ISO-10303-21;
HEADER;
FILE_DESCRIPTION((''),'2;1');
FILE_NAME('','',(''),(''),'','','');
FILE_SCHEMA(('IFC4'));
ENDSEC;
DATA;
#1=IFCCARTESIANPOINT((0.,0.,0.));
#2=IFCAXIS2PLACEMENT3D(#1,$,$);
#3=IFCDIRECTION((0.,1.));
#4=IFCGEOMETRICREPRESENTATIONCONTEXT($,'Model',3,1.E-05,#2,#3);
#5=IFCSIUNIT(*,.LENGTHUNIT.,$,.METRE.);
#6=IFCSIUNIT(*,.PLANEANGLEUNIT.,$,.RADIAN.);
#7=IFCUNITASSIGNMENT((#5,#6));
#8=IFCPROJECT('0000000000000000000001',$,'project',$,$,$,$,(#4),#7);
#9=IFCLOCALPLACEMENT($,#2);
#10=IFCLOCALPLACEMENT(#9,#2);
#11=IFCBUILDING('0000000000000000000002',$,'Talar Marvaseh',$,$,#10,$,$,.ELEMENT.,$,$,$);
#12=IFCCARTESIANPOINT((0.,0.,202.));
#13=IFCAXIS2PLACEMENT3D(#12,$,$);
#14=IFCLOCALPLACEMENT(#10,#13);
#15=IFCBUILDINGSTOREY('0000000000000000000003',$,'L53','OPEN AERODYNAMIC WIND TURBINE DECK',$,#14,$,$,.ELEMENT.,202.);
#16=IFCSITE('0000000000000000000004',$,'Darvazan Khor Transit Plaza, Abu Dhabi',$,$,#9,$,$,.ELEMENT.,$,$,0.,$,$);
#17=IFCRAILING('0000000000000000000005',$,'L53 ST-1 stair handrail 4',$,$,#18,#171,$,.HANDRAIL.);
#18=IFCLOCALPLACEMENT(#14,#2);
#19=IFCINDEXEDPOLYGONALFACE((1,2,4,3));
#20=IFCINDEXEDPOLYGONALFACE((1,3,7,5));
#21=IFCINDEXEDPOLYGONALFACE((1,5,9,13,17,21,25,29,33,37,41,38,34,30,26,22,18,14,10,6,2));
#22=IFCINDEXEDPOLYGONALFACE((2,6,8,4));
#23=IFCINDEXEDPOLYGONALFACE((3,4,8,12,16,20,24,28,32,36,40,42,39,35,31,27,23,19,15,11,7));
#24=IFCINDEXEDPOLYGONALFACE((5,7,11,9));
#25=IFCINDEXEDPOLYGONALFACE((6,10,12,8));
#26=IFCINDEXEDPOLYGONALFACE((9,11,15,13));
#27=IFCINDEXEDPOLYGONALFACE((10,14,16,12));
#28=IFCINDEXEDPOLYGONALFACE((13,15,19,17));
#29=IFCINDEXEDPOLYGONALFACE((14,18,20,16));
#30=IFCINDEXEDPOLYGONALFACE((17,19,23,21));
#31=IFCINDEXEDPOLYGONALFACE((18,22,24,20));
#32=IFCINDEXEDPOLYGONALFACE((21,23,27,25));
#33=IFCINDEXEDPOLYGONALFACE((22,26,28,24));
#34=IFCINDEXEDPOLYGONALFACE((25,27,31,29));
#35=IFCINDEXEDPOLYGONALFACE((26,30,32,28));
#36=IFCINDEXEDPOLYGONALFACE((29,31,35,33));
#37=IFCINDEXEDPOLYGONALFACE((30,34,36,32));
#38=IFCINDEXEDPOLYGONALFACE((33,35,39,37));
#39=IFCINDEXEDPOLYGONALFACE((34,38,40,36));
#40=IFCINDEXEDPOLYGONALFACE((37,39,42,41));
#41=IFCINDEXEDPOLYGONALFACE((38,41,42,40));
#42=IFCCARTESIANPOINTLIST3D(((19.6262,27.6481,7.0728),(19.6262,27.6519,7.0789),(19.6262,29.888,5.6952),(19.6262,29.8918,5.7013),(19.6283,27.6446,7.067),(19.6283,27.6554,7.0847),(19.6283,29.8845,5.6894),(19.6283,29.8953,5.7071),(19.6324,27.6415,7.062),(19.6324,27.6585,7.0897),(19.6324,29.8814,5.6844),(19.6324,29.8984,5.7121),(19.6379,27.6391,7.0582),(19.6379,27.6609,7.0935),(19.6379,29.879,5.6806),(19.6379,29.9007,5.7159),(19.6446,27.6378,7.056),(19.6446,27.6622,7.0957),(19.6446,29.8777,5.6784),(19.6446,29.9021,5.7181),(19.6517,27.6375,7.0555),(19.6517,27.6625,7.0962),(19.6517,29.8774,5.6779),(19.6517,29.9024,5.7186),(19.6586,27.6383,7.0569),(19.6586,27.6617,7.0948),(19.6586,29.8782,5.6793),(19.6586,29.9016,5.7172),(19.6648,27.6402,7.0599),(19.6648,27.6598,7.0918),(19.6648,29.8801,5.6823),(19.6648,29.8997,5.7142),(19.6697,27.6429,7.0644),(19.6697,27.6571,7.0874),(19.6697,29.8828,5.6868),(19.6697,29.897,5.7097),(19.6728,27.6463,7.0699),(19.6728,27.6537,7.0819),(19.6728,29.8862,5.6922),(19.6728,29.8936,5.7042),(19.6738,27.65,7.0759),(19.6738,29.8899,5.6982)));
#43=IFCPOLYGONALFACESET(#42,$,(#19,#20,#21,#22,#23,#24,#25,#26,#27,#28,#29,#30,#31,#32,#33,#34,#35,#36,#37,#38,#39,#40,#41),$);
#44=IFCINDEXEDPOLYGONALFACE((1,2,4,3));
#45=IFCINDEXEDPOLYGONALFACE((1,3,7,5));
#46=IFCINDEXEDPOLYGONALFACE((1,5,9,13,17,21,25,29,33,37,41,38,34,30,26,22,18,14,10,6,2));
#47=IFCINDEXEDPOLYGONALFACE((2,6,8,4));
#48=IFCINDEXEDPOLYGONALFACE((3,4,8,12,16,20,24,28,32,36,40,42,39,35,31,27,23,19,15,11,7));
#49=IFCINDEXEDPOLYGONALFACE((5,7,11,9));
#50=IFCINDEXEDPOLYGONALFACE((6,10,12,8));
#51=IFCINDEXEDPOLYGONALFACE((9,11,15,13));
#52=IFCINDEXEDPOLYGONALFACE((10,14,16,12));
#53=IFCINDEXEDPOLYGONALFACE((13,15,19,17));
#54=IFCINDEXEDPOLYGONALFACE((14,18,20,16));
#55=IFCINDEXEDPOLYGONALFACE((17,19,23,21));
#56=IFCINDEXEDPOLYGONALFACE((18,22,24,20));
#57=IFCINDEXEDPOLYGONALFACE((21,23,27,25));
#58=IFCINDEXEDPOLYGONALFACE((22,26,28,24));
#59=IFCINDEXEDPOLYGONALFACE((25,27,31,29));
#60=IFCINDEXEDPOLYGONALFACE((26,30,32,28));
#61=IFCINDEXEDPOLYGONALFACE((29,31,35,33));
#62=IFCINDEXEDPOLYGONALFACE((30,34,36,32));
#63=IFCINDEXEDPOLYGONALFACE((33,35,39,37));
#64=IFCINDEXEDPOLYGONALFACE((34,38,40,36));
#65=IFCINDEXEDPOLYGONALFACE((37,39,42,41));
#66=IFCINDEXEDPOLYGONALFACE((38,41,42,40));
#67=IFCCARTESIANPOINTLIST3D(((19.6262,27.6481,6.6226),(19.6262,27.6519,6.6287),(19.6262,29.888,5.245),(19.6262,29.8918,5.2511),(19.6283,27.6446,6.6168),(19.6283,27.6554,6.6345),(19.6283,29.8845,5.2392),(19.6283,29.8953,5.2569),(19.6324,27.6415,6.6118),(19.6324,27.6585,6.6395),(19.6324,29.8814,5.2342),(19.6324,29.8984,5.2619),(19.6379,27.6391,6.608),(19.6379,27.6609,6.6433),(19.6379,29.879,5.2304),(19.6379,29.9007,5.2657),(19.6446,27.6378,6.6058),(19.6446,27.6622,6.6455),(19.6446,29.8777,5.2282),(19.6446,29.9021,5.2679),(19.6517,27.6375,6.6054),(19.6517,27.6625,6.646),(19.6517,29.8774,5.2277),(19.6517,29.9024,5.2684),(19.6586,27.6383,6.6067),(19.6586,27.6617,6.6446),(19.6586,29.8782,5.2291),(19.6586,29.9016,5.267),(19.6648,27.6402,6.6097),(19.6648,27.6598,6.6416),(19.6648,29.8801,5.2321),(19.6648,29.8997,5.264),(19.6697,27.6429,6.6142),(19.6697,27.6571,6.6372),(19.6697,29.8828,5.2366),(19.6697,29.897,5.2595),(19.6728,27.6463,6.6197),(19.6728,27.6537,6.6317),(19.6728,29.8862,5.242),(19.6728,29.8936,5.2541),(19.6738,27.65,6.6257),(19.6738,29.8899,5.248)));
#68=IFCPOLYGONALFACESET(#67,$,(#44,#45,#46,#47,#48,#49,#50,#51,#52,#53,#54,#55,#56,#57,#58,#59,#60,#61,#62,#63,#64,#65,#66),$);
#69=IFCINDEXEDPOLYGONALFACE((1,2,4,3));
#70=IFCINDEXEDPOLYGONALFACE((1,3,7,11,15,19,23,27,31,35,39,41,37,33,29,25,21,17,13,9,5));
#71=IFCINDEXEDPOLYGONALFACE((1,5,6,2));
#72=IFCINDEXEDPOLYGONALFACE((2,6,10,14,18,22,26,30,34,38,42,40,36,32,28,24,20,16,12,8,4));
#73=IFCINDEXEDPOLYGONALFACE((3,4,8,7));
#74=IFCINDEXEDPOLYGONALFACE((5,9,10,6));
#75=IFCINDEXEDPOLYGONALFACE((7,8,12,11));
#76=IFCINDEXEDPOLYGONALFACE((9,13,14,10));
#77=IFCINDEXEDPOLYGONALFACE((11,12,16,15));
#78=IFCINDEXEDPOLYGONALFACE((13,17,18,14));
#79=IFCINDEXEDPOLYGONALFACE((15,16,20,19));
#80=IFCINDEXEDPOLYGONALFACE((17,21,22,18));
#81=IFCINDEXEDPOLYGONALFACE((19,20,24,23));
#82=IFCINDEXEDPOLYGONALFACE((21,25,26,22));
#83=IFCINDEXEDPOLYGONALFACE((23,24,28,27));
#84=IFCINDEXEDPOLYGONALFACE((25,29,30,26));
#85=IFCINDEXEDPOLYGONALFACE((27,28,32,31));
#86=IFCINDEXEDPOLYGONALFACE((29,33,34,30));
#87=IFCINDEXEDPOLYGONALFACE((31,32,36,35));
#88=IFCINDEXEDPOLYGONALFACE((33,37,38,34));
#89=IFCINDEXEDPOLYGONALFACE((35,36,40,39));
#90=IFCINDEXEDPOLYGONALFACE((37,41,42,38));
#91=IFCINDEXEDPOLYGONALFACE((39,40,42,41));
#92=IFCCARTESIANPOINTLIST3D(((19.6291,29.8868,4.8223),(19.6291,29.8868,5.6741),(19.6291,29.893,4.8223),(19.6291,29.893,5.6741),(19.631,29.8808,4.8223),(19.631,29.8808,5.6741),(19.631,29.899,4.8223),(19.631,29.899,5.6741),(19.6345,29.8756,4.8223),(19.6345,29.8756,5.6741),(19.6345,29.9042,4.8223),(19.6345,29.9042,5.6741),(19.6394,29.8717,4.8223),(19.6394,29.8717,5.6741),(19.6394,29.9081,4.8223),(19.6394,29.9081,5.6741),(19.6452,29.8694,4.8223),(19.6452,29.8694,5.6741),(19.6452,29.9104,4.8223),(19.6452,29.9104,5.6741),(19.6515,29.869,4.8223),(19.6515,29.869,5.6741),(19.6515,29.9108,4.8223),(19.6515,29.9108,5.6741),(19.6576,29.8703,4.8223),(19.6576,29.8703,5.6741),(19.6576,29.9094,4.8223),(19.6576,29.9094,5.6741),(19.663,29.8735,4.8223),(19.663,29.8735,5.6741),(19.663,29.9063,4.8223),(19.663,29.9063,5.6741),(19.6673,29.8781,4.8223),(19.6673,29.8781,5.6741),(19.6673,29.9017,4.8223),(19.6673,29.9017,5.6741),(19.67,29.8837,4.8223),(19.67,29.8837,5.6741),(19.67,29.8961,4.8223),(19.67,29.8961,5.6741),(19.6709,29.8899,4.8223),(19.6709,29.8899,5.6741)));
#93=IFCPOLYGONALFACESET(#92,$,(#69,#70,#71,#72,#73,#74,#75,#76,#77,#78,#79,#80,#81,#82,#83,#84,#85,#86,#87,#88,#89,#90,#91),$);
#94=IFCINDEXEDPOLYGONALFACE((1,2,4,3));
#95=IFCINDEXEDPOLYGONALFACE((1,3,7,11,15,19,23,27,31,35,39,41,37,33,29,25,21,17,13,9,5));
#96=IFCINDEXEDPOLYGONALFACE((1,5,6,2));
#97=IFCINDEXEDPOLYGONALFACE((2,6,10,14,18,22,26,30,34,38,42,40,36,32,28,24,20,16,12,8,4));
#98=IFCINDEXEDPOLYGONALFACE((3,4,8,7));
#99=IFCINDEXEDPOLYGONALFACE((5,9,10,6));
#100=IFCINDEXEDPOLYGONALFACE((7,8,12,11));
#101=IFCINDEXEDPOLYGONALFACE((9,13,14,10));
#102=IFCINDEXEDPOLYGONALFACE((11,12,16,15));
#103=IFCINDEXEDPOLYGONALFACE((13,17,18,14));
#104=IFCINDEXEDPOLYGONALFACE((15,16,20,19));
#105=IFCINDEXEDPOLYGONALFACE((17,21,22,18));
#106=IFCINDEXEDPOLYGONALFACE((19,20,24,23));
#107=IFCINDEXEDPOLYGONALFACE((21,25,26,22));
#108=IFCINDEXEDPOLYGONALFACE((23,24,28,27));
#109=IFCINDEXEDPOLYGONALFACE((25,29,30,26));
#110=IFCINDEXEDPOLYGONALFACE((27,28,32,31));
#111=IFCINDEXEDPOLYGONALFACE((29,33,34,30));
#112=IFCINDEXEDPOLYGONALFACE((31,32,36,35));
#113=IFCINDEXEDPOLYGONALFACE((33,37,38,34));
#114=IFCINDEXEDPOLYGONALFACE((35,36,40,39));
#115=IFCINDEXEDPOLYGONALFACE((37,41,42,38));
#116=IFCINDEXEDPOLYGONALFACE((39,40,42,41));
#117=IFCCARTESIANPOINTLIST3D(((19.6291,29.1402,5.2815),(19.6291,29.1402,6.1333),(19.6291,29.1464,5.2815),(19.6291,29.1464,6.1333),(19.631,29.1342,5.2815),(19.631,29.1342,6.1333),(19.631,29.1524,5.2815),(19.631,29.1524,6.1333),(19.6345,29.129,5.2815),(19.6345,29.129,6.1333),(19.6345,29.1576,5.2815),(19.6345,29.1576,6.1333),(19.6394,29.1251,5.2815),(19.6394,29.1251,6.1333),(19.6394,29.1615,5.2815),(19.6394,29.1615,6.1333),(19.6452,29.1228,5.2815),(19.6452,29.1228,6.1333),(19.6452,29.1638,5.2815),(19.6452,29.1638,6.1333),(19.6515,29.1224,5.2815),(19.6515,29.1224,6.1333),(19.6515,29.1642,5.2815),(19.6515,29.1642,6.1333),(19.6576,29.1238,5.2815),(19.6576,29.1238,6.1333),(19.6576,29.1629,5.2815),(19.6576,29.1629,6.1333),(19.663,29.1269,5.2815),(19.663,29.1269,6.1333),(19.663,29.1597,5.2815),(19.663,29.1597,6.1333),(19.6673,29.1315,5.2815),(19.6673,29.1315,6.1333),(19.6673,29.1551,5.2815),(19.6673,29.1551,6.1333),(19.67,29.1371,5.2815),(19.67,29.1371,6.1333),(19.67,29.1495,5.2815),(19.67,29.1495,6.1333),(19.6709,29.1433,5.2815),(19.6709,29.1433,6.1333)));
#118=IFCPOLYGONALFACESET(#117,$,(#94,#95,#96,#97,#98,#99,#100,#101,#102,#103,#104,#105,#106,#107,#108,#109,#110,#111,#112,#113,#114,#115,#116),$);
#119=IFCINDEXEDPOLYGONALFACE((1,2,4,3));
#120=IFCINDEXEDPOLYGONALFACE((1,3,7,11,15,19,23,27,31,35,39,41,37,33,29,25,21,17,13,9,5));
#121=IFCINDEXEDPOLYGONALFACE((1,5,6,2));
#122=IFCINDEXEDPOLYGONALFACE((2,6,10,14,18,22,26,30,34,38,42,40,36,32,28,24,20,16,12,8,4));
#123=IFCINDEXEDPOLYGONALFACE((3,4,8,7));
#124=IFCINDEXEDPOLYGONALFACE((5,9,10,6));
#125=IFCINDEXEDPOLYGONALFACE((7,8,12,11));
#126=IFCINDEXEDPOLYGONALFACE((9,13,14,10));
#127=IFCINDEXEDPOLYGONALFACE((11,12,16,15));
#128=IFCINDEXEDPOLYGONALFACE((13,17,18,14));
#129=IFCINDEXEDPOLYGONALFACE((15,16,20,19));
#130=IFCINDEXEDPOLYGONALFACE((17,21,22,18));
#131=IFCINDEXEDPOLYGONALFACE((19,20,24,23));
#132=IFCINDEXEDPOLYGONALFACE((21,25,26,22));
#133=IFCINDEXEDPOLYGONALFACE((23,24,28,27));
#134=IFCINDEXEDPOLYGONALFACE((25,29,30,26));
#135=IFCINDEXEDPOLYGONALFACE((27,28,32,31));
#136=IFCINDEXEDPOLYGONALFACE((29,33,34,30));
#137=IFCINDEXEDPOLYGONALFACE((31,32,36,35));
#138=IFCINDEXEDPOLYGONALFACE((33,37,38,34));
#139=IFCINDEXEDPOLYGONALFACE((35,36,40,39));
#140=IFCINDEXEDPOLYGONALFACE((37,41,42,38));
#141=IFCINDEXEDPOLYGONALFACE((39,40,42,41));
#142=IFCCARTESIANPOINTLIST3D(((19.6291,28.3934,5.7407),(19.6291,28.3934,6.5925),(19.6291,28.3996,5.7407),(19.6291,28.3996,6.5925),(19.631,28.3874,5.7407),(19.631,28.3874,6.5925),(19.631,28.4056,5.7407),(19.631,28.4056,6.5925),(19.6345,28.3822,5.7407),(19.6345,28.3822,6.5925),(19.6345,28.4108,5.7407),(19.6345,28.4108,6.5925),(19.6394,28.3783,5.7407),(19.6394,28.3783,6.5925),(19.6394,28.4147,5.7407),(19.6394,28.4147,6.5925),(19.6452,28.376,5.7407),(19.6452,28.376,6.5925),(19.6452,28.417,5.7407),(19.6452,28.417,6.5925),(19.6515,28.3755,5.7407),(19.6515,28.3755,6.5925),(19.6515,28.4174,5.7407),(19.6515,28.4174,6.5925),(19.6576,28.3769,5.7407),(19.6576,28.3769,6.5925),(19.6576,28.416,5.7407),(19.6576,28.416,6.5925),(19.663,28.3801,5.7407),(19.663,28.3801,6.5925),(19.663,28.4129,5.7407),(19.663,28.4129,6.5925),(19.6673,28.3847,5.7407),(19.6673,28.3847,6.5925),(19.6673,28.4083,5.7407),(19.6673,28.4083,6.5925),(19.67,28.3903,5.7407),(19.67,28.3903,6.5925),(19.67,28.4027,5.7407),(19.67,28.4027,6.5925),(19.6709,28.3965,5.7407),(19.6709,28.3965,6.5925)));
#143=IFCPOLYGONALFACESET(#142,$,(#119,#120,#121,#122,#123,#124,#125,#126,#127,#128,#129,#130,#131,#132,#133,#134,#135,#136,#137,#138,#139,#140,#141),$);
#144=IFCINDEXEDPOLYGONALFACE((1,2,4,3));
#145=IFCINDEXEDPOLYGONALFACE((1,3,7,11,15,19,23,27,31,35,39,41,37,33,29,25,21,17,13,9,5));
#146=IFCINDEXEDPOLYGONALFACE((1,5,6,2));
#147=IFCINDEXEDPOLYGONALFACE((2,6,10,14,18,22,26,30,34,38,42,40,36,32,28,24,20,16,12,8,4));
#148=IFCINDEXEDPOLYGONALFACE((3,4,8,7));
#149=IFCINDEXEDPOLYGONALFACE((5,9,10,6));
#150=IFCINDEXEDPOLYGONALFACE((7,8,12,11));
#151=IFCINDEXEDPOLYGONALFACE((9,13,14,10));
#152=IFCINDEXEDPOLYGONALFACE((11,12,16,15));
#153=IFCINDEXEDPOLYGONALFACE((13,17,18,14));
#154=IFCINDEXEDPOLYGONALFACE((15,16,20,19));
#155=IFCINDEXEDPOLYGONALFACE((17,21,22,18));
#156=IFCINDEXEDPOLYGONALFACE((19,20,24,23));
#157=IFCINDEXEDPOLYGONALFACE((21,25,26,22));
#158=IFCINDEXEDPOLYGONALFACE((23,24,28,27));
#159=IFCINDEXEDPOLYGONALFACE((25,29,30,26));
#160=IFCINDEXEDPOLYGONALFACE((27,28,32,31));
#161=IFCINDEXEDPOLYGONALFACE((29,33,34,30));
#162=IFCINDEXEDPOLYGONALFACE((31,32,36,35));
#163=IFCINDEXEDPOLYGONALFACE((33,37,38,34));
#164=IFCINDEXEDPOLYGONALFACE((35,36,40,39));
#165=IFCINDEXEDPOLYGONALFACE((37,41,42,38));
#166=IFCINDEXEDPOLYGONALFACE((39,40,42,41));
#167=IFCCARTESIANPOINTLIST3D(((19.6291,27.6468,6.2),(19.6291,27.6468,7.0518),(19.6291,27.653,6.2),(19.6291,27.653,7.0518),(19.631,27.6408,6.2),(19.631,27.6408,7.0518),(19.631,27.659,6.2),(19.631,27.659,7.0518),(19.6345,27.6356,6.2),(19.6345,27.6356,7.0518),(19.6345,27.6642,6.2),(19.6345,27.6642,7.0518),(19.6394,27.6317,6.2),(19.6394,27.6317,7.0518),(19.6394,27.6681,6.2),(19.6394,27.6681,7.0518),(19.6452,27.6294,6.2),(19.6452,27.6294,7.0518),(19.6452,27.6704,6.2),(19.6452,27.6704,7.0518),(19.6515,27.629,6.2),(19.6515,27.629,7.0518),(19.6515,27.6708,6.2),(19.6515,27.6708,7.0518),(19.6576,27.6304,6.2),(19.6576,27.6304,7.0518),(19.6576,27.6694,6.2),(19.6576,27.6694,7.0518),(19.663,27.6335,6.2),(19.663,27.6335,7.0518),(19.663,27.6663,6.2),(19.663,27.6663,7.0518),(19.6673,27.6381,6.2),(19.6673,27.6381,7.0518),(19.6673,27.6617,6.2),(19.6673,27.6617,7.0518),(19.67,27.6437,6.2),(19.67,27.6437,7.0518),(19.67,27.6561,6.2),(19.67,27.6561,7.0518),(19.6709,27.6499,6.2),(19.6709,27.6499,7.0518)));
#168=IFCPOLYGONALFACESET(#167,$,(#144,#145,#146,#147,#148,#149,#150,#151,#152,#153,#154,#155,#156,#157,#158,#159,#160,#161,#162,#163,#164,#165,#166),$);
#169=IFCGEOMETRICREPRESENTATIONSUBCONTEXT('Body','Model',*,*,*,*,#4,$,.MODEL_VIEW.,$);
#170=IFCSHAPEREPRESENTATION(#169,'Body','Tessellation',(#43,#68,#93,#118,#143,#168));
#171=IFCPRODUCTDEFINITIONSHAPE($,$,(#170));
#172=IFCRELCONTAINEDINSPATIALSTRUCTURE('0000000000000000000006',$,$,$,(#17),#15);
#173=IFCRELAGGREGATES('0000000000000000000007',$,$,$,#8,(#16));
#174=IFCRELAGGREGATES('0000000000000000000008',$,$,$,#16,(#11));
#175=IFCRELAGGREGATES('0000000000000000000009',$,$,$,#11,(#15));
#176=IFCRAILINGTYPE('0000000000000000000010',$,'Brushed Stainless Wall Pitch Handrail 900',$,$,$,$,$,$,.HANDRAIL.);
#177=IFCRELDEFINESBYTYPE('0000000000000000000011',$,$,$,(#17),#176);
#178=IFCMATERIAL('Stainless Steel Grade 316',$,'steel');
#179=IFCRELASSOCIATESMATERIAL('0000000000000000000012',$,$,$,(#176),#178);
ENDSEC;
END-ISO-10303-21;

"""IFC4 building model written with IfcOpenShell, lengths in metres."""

from ifc_helpers import new_model, si_unit, direction, frame, origin, origin_2d, place, context, subcontext, project, spatial, circle, extrude, material, type_object, element, save


model = new_model("IFC4")

# Units and contexts
model_context = context("Model", 3, precision=1e-05, world=origin(), true_north=direction((0.0, 1.0)))
body_context = subcontext(model_context, "Body", "Model", "MODEL_VIEW")
ifc_project = project(units=[si_unit("LENGTHUNIT", "METRE"), si_unit("PLANEANGLEUNIT", "RADIAN")], contexts=[model_context])

# Site, building, storey
site_placement = place(None, origin())
site = spatial("IfcSite", under=ifc_project, at=site_placement, Name="Darvazan Khor Transit Plaza, Abu Dhabi", CompositionType="ELEMENT", RefElevation=0.0)
building_placement = place(site_placement, origin())
building = spatial("IfcBuilding", under=site, at=building_placement, Name="Talar Marvaseh", CompositionType="ELEMENT")
storey_placement = place(building_placement, frame((0.0, 0.0, 202.0)))
storey = spatial("IfcBuildingStorey", under=building, at=storey_placement, Name="L53", Description="OPEN AERODYNAMIC WIND TURBINE DECK", CompositionType="ELEMENT", Elevation=202.0)

# Railing
ifc_material_1 = material(Name="Stainless Steel Grade 316", Category="steel")
railing_type_1 = type_object("IfcRailingType", Name="Brushed Stainless Wall Pitch Handrail 900", PredefinedType="HANDRAIL", material=ifc_material_1)
railing_1_placement = place(storey_placement, frame((19.6499, 29.8899, 4.8223)))
element("IfcRailing", 1, at=railing_1_placement, inside=storey, type_object=railing_type_1, Name="L53 ST-1 stair handrail 4", PredefinedType="HANDRAIL", context=body_context, shape_type="SweptSolid", body=[
    extrude(circle(Radius=0.0239, at=origin_2d()), frame((0.0, 0.0, 0.876), z_axis=(0.0, -0.851789, 0.523885), x_axis=(1.0, 0.0, 0.0)), (0.0, 0.0, 1.0), 2.6296),
    extrude(circle(Radius=0.0239, at=origin_2d()), frame((0.0, 0.0, 0.4258), z_axis=(0.0, -0.851789, 0.523885), x_axis=(1.0, 0.0, 0.0)), (0.0, 0.0, 1.0), 2.6296),
    extrude(circle(Radius=0.021, at=origin_2d()), origin(), (0.0, 0.0, 1.0), 0.8518),
    extrude(circle(Radius=0.021, at=origin_2d()), frame((0.0, -0.7466, 0.4592)), (0.0, 0.0, 1.0), 0.8518),
    extrude(circle(Radius=0.021, at=origin_2d()), frame((0.0, -1.4934, 0.9185)), (0.0, 0.0, 1.0), 0.8518),
    extrude(circle(Radius=0.021, at=origin_2d()), frame((0.0, -2.24, 1.3777)), (0.0, 0.0, 1.0), 0.8518),
])

save(model, "model.ifc")
